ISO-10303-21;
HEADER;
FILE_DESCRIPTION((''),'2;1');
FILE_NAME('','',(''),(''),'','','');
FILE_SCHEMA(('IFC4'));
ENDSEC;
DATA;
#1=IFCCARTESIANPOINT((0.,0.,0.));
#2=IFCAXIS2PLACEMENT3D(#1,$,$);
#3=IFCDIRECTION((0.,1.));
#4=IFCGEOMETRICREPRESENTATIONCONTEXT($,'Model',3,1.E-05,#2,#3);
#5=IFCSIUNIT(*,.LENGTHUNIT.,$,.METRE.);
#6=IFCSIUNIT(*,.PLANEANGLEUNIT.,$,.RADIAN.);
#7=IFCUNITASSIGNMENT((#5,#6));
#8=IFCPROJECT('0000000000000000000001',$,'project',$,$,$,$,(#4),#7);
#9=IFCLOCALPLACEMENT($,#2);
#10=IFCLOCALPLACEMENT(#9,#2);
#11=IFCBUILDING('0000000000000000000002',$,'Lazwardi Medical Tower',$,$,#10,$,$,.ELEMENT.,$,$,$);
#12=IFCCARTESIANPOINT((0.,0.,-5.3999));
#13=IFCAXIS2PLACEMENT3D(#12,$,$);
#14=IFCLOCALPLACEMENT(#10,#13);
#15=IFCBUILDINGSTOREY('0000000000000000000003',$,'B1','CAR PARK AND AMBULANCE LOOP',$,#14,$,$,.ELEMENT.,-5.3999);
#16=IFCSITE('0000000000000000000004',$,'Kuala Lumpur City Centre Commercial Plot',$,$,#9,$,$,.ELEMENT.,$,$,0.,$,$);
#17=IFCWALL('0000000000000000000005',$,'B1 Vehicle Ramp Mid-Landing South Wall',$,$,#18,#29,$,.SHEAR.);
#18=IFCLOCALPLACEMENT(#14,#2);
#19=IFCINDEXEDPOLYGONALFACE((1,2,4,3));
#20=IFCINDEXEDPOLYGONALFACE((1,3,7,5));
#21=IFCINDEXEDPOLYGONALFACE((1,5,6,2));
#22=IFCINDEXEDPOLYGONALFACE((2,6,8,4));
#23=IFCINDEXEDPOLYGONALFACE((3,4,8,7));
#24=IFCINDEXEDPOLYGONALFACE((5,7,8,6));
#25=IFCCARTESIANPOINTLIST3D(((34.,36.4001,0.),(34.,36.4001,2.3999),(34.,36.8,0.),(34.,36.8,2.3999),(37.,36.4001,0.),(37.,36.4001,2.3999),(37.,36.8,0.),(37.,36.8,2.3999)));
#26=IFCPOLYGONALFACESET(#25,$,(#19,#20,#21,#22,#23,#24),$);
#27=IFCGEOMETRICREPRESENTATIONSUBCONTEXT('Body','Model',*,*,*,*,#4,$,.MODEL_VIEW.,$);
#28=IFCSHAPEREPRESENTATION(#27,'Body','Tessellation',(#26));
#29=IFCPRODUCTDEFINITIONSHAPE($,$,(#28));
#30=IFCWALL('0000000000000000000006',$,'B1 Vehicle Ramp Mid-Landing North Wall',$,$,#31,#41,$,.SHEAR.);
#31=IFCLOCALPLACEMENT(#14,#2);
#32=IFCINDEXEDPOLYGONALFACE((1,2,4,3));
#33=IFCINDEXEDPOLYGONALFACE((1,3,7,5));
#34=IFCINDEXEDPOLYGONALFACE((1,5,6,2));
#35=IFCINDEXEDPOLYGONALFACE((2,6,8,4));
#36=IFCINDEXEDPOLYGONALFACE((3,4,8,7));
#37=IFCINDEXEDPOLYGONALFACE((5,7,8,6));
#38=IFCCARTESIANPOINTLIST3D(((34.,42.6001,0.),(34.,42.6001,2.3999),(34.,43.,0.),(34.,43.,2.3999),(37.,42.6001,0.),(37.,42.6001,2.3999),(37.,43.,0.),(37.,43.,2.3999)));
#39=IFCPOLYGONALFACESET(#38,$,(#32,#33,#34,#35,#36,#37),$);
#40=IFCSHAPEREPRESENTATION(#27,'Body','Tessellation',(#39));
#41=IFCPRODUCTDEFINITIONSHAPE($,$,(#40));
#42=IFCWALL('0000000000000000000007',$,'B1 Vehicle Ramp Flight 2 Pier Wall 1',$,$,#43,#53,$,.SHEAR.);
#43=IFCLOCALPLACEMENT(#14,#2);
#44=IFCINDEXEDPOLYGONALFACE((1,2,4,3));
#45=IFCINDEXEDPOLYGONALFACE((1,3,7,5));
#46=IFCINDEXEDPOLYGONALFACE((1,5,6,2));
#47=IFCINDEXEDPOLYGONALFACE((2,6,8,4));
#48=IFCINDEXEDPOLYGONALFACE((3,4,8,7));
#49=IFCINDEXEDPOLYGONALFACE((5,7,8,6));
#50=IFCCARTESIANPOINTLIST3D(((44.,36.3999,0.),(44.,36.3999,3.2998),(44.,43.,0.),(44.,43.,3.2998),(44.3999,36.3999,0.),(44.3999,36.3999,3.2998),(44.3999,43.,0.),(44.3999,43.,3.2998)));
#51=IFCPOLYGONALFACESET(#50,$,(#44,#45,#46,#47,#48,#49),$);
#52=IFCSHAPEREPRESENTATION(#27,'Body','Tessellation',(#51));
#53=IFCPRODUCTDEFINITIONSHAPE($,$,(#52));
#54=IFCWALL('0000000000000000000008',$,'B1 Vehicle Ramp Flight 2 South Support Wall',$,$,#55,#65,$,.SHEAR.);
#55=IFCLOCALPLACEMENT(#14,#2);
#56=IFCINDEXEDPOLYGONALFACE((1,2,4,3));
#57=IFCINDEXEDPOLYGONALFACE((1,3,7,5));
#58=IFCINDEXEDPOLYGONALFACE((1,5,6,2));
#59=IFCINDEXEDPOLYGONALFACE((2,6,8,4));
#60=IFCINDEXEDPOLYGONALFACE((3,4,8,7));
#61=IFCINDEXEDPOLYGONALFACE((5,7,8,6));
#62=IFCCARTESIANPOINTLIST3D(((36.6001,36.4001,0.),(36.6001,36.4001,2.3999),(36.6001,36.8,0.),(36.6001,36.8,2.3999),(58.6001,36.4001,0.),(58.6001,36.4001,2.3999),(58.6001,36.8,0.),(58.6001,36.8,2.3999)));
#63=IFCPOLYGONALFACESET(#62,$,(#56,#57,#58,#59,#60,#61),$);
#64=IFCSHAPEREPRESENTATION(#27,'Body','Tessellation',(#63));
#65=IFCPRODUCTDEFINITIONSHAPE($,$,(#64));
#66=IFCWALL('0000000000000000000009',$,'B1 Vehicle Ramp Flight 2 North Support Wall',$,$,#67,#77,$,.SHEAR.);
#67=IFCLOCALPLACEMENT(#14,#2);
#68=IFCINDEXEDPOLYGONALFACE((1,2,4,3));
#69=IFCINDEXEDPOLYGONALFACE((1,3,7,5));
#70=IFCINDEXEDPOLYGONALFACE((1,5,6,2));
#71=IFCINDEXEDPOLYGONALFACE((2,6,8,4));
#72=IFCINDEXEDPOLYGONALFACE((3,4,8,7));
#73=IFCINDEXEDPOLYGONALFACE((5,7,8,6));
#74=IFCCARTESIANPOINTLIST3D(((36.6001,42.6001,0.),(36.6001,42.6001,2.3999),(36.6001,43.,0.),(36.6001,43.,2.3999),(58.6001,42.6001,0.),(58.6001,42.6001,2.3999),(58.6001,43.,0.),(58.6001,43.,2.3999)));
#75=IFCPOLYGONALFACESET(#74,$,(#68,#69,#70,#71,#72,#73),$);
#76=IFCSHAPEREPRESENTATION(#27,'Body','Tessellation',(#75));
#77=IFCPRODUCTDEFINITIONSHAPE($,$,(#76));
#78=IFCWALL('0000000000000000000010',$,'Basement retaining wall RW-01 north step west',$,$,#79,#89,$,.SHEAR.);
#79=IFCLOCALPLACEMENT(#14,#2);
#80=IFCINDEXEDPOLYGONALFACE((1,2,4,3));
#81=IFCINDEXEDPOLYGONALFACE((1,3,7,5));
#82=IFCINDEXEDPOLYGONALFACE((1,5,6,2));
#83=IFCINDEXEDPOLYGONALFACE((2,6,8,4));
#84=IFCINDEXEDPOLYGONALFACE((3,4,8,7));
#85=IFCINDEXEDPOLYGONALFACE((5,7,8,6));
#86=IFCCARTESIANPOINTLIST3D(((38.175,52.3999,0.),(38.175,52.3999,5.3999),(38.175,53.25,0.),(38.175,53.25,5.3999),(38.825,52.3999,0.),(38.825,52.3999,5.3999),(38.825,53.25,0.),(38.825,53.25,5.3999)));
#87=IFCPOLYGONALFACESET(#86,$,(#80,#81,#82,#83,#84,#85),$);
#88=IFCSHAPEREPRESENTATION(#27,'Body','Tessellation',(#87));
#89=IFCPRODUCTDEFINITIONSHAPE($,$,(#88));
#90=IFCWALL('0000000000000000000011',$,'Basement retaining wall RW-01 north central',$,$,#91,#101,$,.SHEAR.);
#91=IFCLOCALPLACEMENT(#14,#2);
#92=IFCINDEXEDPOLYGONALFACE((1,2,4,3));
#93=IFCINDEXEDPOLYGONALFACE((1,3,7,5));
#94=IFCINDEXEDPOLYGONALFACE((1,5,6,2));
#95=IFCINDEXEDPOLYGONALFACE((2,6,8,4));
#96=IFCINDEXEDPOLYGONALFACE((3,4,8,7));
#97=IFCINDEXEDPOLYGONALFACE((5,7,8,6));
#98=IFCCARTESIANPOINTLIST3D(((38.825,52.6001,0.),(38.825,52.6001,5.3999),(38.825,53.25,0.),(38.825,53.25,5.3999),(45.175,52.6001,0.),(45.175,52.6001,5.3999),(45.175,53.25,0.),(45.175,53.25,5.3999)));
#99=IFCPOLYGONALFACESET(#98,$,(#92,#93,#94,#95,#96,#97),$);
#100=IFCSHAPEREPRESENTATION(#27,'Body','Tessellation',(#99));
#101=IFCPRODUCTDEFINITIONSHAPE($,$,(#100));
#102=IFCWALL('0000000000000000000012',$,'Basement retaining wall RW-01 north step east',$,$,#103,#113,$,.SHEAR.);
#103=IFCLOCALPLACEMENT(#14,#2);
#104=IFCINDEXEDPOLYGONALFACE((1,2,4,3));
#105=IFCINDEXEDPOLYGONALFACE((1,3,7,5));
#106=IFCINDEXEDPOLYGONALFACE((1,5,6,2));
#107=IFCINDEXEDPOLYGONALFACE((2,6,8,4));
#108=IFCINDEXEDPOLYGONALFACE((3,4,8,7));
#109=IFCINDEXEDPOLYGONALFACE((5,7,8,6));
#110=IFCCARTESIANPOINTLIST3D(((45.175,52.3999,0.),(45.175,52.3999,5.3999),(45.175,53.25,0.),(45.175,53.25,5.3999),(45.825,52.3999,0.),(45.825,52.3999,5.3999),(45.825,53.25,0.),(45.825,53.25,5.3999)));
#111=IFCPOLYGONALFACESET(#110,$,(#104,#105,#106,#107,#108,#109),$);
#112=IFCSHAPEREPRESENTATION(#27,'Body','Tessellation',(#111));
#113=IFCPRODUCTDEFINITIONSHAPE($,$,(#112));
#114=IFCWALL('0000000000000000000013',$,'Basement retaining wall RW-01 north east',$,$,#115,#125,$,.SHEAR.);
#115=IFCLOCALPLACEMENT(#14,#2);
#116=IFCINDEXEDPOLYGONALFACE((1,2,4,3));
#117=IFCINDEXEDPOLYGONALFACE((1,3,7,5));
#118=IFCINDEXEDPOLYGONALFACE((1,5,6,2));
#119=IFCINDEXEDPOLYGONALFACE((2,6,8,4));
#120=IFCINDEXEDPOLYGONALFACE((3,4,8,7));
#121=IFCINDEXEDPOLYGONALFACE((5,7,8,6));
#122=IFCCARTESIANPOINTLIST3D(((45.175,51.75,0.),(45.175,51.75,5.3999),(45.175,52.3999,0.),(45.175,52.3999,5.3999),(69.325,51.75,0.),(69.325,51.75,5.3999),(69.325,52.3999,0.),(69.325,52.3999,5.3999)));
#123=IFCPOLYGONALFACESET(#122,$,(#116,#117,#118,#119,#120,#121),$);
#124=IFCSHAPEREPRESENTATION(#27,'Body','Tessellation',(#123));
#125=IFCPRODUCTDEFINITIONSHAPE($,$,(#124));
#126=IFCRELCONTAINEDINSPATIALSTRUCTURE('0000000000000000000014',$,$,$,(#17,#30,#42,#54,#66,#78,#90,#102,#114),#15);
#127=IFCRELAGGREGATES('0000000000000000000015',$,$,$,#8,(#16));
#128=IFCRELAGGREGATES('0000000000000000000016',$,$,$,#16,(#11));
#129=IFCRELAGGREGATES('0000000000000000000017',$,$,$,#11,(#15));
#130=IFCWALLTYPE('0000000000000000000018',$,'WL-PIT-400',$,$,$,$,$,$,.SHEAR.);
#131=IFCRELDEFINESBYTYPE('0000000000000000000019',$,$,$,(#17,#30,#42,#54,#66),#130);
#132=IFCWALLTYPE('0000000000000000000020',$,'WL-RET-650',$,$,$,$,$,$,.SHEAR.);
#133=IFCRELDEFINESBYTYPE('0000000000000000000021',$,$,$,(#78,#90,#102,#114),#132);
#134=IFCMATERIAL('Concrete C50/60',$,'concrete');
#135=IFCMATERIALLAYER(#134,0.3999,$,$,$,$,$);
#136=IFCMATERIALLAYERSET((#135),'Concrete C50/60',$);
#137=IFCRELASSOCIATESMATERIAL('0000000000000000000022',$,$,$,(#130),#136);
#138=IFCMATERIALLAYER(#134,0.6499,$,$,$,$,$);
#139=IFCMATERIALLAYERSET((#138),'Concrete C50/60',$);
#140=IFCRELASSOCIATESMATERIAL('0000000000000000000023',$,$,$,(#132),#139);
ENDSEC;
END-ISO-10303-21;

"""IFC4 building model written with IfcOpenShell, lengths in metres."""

from ifc_helpers import new_model, si_unit, direction, frame, frame_2d, origin, place, context, subcontext, project, spatial, rectangle, extrude, material, layer, layer_set, type_object, element, save


model = new_model("IFC4")

# Units and contexts
model_context = context("Model", 3, precision=1e-05, world=origin(), true_north=direction((0.0, 1.0)))
body_context = subcontext(model_context, "Body", "Model", "MODEL_VIEW")
ifc_project = project(units=[si_unit("LENGTHUNIT", "METRE"), si_unit("PLANEANGLEUNIT", "RADIAN")], contexts=[model_context])

# Site, building, storey
site_placement = place(None, origin())
site = spatial("IfcSite", under=ifc_project, at=site_placement, Name="Kuala Lumpur City Centre Commercial Plot", CompositionType="ELEMENT", RefElevation=0.0)
building_placement = place(site_placement, origin())
building = spatial("IfcBuilding", under=site, at=building_placement, Name="Lazwardi Medical Tower", CompositionType="ELEMENT")
storey_placement = place(building_placement, frame((0.0, 0.0, -5.3999)))
storey = spatial("IfcBuildingStorey", under=building, at=storey_placement, Name="B1", Description="CAR PARK AND AMBULANCE LOOP", CompositionType="ELEMENT", Elevation=-5.3999)

# Shared definitions
ifc_material_1 = material(Name="Concrete C50/60", Category="concrete")

# Walls
ifc_layer_1 = layer(ifc_material_1, 0.3999)
ifc_layer_set_1 = layer_set([ifc_layer_1], Name="Concrete C50/60")
wall_type_1 = type_object("IfcWallType", Name="WL-PIT-400", PredefinedType="SHEAR", material=ifc_layer_set_1)
for number, where, z_axis, x_axis, name in (
    (1, (34.0, 36.6001, 0.0), (0.0, 0.0, 1.0), (1.0, 0.0, 0.0), "B1 Vehicle Ramp Mid-Landing South Wall"),
    (2, (34.0, 42.8, 0.0), (0.0, 0.0, 1.0), (1.0, 0.0, 0.0), "B1 Vehicle Ramp Mid-Landing North Wall"),
):
    element("IfcWall", number, at=place(storey_placement, frame(where, z_axis=z_axis, x_axis=x_axis)), inside=storey, type_object=wall_type_1, Name=name, PredefinedType="SHEAR", context=body_context, shape_type="SweptSolid", body=[
        extrude(rectangle(XDim=3.0, YDim=0.3999, at=frame_2d((1.5, 0.0))), origin(), (0.0, 0.0, 1.0), 2.3999),
    ])
wall_1_placement = place(storey_placement, frame((44.2, 36.3999, 0.0), z_axis=(0.0, 0.0, 1.0), x_axis=(0.0, 1.0, 0.0)))
element("IfcWall", 3, at=wall_1_placement, inside=storey, type_object=wall_type_1, Name="B1 Vehicle Ramp Flight 2 Pier Wall 1", PredefinedType="SHEAR", context=body_context, shape_type="SweptSolid", body=[
    extrude(rectangle(XDim=6.6001, YDim=0.3999, at=frame_2d((3.3, 0.0))), origin(), (0.0, 0.0, 1.0), 3.2998),
])
for number, where, z_axis, x_axis, name in (
    (4, (36.6001, 36.6001, 0.0), (0.0, 0.0, 1.0), (1.0, 0.0, 0.0), "B1 Vehicle Ramp Flight 2 South Support Wall"),
    (5, (36.6001, 42.8, 0.0), (0.0, 0.0, 1.0), (1.0, 0.0, 0.0), "B1 Vehicle Ramp Flight 2 North Support Wall"),
):
    element("IfcWall", number, at=place(storey_placement, frame(where, z_axis=z_axis, x_axis=x_axis)), inside=storey, type_object=wall_type_1, Name=name, PredefinedType="SHEAR", context=body_context, shape_type="SweptSolid", body=[
        extrude(rectangle(XDim=22.0, YDim=0.3999, at=frame_2d((11.0, 0.0))), origin(), (0.0, 0.0, 1.0), 2.3999),
    ])
ifc_layer_2 = layer(ifc_material_1, 0.6499)
ifc_layer_set_2 = layer_set([ifc_layer_2], Name="Concrete C50/60")
wall_type_2 = type_object("IfcWallType", Name="WL-RET-650", PredefinedType="SHEAR", material=ifc_layer_set_2)
wall_2_placement = place(storey_placement, frame((38.5, 52.3999, 0.0), z_axis=(0.0, 0.0, 1.0), x_axis=(0.0, 1.0, 0.0)))
element("IfcWall", 6, at=wall_2_placement, inside=storey, type_object=wall_type_2, Name="Basement retaining wall RW-01 north step west", PredefinedType="SHEAR", context=body_context, shape_type="SweptSolid", body=[
    extrude(rectangle(XDim=0.8501, YDim=0.6499, at=frame_2d((0.425, 0.0))), origin(), (0.0, 0.0, 1.0), 5.3999),
])
wall_3_placement = place(storey_placement, frame((38.825, 52.925, 0.0), z_axis=(0.0, 0.0, 1.0), x_axis=(1.0, 0.0, 0.0)))
element("IfcWall", 7, at=wall_3_placement, inside=storey, type_object=wall_type_2, Name="Basement retaining wall RW-01 north central", PredefinedType="SHEAR", context=body_context, shape_type="SweptSolid", body=[
    extrude(rectangle(XDim=6.3501, YDim=0.6499, at=frame_2d((3.175, 0.0))), origin(), (0.0, 0.0, 1.0), 5.3999),
])
wall_4_placement = place(storey_placement, frame((45.5, 53.25, 0.0), z_axis=(0.0, 0.0, 1.0), x_axis=(0.0, -1.0, 0.0)))
element("IfcWall", 8, at=wall_4_placement, inside=storey, type_object=wall_type_2, Name="Basement retaining wall RW-01 north step east", PredefinedType="SHEAR", context=body_context, shape_type="SweptSolid", body=[
    extrude(rectangle(XDim=0.8501, YDim=0.6499, at=frame_2d((0.425, 0.0))), origin(), (0.0, 0.0, 1.0), 5.3999),
])
wall_5_placement = place(storey_placement, frame((45.175, 52.075, 0.0), z_axis=(0.0, 0.0, 1.0), x_axis=(1.0, 0.0, 0.0)))
element("IfcWall", 9, at=wall_5_placement, inside=storey, type_object=wall_type_2, Name="Basement retaining wall RW-01 north east", PredefinedType="SHEAR", context=body_context, shape_type="SweptSolid", body=[
    extrude(rectangle(XDim=24.1499, YDim=0.6499, at=frame_2d((12.075, 0.0))), origin(), (0.0, 0.0, 1.0), 5.3999),
])

save(model, "model.ifc")
